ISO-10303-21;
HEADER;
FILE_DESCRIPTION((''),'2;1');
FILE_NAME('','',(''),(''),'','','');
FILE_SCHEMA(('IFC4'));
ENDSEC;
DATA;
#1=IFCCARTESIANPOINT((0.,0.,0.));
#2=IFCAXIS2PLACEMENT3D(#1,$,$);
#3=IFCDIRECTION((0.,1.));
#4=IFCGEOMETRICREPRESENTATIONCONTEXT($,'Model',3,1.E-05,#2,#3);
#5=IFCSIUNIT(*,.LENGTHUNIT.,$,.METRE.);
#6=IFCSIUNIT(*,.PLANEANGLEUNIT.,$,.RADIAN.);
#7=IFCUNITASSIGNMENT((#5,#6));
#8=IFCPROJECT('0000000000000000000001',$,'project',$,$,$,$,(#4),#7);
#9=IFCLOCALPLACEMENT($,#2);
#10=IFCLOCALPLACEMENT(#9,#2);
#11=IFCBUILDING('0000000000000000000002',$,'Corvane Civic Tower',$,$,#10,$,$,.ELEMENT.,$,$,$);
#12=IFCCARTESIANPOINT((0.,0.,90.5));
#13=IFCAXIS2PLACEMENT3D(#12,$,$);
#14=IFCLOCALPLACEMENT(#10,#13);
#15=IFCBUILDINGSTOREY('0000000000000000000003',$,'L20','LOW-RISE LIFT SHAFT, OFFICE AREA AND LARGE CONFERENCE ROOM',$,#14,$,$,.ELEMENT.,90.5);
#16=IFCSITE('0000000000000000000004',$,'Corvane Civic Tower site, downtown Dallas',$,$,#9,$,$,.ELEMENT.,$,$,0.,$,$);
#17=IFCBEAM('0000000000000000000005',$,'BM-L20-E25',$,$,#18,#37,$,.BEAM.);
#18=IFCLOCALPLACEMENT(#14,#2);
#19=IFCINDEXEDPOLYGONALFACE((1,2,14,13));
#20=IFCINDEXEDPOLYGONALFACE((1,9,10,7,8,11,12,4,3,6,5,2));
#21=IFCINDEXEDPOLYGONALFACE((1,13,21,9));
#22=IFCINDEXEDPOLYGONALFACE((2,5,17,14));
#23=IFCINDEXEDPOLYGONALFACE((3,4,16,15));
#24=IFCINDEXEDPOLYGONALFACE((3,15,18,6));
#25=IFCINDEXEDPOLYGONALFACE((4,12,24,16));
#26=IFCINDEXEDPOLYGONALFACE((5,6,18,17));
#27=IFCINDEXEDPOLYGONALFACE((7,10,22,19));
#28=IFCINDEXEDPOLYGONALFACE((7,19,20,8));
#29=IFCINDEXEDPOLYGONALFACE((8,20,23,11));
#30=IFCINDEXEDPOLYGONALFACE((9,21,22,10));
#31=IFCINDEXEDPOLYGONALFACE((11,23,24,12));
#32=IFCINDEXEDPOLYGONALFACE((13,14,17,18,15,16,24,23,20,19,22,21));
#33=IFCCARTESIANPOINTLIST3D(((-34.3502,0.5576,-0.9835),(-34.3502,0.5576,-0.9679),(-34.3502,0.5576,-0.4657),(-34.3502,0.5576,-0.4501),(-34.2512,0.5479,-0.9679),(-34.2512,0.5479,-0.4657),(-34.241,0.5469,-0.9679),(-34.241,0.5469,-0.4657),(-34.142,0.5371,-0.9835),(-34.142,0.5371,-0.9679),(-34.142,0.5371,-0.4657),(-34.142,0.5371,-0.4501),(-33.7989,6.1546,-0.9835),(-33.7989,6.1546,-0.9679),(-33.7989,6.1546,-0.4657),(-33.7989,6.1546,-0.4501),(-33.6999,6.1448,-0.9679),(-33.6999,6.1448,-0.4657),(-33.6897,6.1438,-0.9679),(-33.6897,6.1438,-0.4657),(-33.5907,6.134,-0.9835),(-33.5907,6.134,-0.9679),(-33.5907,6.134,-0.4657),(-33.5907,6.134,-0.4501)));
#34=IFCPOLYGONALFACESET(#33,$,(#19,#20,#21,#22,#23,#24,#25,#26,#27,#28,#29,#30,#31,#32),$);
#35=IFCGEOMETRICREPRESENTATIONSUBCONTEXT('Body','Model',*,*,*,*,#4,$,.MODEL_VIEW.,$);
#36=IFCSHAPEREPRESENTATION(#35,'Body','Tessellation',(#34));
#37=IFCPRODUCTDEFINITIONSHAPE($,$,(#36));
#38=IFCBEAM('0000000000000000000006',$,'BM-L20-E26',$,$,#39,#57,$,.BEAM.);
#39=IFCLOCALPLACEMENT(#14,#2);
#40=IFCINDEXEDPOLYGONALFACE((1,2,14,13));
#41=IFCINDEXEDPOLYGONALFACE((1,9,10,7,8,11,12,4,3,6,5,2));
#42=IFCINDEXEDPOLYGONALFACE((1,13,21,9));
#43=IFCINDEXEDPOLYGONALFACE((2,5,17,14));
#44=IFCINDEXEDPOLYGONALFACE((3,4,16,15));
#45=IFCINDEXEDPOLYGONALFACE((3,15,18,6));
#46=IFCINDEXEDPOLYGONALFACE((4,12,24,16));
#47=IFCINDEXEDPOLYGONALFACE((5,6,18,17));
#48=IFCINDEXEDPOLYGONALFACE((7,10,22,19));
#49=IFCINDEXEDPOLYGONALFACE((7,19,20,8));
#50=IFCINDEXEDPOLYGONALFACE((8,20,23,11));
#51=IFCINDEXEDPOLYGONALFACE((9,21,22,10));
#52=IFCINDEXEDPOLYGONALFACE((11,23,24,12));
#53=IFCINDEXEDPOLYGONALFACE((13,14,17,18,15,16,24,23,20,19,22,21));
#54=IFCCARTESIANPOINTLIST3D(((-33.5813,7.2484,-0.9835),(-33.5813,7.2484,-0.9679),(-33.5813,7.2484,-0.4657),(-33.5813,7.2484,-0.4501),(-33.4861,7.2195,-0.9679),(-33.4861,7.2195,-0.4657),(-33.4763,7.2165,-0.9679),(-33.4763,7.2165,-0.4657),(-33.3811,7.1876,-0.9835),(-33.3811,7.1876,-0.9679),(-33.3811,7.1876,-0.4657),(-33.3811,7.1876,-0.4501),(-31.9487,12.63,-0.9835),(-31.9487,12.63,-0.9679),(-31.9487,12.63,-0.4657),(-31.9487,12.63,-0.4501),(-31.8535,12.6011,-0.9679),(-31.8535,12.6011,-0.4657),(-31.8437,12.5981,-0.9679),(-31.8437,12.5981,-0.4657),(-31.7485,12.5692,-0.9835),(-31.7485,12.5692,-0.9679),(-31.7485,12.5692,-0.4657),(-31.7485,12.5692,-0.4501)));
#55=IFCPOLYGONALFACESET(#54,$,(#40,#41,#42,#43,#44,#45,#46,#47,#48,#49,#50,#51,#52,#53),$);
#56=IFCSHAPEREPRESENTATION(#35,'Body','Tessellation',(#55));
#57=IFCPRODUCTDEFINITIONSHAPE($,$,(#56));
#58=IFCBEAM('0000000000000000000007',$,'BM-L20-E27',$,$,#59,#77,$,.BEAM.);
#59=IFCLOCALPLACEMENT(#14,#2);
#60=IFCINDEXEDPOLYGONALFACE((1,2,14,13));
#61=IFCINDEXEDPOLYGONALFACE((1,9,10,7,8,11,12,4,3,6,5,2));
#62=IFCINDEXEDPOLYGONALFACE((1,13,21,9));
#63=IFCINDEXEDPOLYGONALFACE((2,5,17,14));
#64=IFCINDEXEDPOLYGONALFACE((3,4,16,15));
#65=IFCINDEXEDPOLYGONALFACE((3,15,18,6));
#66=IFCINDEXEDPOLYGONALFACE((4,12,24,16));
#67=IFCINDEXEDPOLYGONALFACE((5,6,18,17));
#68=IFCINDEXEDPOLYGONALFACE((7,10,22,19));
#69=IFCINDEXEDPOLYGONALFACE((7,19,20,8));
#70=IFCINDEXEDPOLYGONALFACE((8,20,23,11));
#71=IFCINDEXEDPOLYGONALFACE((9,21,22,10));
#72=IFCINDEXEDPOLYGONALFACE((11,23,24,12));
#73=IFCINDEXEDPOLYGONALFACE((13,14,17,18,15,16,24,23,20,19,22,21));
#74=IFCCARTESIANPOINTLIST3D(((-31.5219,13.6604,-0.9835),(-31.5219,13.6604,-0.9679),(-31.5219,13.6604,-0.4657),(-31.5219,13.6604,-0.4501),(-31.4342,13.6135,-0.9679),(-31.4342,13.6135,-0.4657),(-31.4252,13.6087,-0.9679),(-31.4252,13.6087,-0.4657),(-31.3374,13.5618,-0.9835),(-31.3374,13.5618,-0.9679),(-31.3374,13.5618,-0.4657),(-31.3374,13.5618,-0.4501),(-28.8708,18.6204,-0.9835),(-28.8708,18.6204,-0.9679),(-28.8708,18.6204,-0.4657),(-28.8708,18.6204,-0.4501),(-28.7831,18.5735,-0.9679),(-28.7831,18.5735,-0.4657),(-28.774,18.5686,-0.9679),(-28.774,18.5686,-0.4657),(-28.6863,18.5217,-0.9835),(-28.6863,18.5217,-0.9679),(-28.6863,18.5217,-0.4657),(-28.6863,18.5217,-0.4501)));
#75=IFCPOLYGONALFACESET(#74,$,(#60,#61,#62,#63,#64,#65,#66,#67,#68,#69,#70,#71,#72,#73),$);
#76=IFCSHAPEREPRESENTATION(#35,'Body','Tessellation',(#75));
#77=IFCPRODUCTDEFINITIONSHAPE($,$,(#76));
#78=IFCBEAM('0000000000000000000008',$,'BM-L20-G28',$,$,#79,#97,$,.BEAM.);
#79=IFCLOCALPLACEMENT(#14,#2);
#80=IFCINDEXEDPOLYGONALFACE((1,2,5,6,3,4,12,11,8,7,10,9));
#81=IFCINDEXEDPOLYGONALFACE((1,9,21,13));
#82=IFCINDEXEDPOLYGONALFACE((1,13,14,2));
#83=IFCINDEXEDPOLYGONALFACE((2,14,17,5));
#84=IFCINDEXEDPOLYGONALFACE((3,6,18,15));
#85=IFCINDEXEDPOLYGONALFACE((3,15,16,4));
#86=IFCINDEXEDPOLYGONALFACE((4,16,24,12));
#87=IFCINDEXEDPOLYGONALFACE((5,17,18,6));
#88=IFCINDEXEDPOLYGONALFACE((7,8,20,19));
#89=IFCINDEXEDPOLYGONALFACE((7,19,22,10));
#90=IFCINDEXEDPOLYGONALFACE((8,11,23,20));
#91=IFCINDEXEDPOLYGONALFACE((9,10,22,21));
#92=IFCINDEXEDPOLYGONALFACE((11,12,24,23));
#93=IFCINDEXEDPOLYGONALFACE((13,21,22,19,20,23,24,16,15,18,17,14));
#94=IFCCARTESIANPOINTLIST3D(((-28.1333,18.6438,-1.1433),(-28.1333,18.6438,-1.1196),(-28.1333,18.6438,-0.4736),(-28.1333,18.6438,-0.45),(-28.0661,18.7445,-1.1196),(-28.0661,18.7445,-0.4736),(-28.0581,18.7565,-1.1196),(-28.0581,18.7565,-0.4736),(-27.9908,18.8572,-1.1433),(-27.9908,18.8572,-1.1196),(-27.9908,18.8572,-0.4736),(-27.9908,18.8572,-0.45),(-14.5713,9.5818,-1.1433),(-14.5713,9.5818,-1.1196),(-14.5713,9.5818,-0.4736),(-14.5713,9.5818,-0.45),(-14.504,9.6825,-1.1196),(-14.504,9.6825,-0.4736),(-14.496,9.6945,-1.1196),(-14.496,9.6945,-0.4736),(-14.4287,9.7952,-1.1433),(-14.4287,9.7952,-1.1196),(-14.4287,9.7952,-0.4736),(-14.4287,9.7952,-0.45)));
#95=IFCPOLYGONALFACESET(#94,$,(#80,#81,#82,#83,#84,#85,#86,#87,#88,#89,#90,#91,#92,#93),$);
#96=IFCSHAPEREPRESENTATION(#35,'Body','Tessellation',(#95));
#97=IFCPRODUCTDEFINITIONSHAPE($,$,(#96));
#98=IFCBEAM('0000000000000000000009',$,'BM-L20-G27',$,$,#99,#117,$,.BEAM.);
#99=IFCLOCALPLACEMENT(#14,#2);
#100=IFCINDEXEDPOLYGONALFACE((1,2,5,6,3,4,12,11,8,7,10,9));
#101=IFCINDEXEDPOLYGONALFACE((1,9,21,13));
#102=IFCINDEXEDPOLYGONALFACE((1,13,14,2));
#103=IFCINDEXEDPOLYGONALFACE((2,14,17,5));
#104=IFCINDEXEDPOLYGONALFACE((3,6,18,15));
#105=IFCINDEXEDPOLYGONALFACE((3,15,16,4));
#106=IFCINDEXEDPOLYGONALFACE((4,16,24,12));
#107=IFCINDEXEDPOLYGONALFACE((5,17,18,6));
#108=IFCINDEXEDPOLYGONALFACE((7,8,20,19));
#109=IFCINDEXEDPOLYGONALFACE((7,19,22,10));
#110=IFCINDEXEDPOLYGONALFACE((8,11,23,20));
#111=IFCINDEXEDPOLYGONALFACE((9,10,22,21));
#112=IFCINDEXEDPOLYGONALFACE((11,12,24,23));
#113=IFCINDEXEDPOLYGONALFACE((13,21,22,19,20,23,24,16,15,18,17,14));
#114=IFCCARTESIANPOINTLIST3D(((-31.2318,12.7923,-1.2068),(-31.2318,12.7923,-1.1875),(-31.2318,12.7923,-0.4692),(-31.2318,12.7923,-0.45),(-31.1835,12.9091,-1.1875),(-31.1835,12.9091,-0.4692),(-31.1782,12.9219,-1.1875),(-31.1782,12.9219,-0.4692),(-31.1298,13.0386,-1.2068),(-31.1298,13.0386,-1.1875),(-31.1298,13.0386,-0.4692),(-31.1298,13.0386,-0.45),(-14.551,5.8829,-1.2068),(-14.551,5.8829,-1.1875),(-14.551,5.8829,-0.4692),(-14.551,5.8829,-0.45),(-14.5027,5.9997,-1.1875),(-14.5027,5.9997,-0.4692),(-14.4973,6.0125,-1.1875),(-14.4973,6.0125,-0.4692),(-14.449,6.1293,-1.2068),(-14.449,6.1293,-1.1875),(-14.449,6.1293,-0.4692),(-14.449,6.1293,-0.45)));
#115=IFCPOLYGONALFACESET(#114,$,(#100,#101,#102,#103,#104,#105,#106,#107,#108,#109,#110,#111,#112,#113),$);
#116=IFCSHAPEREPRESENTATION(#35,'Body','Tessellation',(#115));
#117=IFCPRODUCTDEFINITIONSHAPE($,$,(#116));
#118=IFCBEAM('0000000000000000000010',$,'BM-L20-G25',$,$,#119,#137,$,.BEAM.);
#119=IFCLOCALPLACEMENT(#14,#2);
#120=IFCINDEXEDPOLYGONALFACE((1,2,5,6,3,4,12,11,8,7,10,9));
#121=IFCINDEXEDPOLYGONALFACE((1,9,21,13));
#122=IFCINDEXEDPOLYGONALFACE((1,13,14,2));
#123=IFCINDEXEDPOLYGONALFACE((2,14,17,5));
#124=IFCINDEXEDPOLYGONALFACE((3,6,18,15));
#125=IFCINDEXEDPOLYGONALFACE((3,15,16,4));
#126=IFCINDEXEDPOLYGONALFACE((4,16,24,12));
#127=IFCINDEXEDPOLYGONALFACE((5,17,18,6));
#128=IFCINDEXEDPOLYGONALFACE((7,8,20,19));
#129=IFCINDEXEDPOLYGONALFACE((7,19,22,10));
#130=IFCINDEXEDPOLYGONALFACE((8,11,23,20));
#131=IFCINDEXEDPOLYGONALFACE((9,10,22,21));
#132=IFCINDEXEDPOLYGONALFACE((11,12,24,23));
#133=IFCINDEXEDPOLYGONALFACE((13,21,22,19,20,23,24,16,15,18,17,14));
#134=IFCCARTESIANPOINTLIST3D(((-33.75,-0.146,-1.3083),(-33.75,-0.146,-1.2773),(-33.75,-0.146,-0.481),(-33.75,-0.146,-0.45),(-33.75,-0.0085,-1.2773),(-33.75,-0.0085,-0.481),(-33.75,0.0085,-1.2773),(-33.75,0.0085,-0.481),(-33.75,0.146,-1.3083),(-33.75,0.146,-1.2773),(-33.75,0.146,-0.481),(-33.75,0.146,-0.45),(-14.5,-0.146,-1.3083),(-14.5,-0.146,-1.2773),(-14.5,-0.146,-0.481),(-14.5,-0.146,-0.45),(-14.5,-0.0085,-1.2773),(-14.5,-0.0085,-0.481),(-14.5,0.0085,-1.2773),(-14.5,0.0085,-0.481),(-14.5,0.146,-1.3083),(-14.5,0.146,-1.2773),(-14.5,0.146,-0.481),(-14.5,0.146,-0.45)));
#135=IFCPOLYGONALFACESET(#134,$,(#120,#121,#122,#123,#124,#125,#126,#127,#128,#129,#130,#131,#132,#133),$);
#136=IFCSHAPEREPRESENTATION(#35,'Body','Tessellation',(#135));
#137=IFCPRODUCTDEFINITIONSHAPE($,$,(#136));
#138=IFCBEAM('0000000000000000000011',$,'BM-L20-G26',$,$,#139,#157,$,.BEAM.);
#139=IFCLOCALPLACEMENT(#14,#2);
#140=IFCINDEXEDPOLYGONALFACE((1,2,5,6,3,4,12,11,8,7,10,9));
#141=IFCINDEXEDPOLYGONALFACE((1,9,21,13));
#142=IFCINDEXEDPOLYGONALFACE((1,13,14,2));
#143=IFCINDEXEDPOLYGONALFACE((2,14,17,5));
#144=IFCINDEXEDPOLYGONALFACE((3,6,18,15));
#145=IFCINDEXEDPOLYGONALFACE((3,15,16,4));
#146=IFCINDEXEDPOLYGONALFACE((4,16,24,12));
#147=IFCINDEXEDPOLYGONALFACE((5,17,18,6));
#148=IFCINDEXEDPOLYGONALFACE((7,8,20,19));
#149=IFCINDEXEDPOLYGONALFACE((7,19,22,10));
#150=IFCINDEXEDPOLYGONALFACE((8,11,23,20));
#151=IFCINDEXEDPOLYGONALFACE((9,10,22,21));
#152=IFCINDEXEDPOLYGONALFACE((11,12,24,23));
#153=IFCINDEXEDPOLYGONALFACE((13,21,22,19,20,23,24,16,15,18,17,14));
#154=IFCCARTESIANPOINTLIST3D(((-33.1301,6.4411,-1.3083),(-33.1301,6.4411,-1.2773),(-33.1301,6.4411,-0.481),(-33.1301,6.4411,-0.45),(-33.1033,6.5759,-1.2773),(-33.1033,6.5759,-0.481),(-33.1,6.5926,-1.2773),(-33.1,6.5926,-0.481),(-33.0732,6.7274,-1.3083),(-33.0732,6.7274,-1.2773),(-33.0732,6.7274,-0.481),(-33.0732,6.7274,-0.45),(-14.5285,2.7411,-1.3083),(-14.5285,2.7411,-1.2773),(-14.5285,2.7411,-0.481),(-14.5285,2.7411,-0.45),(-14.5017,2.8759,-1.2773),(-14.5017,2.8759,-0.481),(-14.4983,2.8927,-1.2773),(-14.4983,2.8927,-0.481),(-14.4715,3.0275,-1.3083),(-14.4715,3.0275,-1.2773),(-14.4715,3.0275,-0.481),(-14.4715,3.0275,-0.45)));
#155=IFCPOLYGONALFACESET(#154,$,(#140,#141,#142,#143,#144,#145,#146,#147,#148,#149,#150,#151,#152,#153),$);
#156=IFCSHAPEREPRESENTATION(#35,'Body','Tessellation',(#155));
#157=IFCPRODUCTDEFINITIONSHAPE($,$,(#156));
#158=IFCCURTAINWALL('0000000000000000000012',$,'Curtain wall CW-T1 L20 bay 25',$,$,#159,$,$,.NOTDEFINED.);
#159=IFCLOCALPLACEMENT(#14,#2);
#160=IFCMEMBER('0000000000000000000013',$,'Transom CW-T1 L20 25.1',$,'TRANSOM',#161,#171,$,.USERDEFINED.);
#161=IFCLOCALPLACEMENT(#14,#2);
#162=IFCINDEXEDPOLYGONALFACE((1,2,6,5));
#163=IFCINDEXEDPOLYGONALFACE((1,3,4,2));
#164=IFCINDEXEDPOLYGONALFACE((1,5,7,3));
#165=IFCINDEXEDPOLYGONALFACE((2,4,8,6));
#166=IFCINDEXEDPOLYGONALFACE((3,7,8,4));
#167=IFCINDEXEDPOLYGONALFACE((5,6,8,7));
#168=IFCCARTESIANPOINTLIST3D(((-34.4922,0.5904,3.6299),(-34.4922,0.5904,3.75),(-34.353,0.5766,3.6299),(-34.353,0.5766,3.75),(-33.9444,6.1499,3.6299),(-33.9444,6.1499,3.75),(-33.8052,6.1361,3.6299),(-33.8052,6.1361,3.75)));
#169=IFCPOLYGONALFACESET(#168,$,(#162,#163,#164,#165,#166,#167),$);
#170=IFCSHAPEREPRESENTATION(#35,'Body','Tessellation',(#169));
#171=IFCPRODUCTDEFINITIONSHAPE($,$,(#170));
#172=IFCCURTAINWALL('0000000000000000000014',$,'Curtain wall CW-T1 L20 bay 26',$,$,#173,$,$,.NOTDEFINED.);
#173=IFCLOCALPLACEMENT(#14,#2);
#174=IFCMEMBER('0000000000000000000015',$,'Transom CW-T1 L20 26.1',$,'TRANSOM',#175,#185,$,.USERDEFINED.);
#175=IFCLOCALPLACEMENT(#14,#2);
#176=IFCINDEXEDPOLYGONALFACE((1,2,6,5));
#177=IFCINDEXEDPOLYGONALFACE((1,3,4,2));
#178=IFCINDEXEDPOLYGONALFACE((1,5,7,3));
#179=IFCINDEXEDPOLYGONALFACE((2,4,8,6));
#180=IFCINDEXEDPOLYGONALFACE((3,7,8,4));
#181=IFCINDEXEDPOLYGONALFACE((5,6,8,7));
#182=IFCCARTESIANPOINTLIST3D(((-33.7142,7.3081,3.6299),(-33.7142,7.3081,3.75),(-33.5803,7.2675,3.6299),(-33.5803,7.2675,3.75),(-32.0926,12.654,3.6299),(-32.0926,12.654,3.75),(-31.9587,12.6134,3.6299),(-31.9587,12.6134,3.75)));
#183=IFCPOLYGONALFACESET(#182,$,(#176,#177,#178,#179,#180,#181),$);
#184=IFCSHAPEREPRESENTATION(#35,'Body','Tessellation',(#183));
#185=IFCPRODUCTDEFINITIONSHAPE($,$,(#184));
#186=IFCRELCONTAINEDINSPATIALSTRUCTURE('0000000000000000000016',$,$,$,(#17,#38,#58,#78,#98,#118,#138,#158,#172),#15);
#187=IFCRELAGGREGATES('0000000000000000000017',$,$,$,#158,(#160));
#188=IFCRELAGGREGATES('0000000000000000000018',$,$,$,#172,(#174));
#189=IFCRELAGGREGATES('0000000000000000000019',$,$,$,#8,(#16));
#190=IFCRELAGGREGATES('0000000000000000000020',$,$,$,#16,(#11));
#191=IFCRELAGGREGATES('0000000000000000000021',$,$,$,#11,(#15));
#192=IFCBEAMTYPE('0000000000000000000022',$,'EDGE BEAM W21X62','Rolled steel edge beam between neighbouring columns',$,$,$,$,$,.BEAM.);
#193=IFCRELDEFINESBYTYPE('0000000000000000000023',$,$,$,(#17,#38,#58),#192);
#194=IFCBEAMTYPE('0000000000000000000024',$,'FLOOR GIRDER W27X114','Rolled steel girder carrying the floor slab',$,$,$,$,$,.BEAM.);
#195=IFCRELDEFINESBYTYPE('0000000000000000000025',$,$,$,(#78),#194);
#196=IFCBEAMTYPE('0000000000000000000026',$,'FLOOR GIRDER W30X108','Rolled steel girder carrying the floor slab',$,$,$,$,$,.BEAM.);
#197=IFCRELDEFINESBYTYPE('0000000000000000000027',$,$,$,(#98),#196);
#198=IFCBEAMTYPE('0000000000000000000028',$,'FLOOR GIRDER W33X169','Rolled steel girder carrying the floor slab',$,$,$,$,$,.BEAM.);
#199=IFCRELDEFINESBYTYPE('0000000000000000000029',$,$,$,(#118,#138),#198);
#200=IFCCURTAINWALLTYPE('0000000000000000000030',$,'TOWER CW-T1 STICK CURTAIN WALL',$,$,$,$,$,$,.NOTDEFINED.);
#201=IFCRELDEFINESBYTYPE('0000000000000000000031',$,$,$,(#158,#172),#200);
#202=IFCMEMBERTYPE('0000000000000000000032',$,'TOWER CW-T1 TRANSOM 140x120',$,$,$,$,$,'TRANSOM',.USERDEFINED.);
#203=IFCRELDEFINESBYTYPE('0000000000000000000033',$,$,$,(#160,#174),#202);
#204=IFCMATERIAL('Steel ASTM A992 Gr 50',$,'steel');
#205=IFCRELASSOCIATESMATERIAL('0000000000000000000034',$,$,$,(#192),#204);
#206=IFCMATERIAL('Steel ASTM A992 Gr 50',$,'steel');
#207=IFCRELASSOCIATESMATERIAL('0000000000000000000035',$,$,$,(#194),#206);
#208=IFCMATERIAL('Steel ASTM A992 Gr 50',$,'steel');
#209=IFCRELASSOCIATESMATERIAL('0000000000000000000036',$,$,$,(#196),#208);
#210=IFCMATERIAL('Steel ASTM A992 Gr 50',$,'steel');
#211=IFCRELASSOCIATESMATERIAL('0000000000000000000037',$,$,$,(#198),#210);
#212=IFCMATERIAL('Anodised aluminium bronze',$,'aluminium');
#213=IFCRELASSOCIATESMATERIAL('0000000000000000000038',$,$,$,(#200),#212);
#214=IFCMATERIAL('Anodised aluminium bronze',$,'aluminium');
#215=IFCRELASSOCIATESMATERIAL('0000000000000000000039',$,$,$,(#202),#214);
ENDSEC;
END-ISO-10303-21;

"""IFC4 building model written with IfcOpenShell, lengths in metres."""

from ifc_helpers import new_model, si_unit, direction, frame, origin, origin_2d, place, context, subcontext, project, spatial, rectangle, i_section, extrude, material, material_profile, profile_set, type_object, element, aggregate, save


model = new_model("IFC4")

# Units and contexts
model_context = context("Model", 3, precision=1e-05, world=origin(), true_north=direction((0.0, 1.0)))
body_context = subcontext(model_context, "Body", "Model", "MODEL_VIEW")
ifc_project = project(units=[si_unit("LENGTHUNIT", "METRE"), si_unit("PLANEANGLEUNIT", "RADIAN")], contexts=[model_context])

# Site, building, storey
site_placement = place(None, origin())
site = spatial("IfcSite", under=ifc_project, at=site_placement, Name="Corvane Civic Tower site, downtown Dallas", CompositionType="ELEMENT", RefElevation=0.0)
building_placement = place(site_placement, origin())
building = spatial("IfcBuilding", under=site, at=building_placement, Name="Corvane Civic Tower", CompositionType="ELEMENT")
storey_placement = place(building_placement, frame((0.0, 0.0, 90.5)))
storey = spatial("IfcBuildingStorey", under=building, at=storey_placement, Name="L20", Description="LOW-RISE LIFT SHAFT, OFFICE AREA AND LARGE CONFERENCE ROOM", CompositionType="ELEMENT", Elevation=90.5)

# Beams
ifc_material_1 = material(Name="Steel ASTM A992 Gr 50", Category="steel")
ifc_material_profile_1 = material_profile(ifc_material_1, i_section(OverallWidth=0.2092, OverallDepth=0.5334, WebThickness=0.0103, FlangeThickness=0.0156, at=origin_2d()), Name="W21X62")
ifc_profile_set_1 = profile_set([ifc_material_profile_1], Name="Steel ASTM A992 Gr 50")
beam_type_1 = type_object("IfcBeamType", Name="EDGE BEAM W21X62", Description="Rolled steel edge beam between neighbouring columns", PredefinedType="BEAM", material=ifc_profile_set_1)
beam_1_placement = place(storey_placement, frame((-34.2461, 0.5474, -0.7168), z_axis=(0.098021, 0.995184, 0.0), x_axis=(-0.995184, 0.098021, 0.0)))
element("IfcBeam", 1, at=beam_1_placement, inside=storey, type_object=beam_type_1, Name="BM-L20-E25", PredefinedType="BEAM", context=body_context, shape_type="SweptSolid", body=[
    extrude(i_section(OverallWidth=0.2092, OverallDepth=0.5334, WebThickness=0.0103, FlangeThickness=0.0156, at=origin_2d()), origin(), (0.0, 0.0, 1.0), 5.624),
])
beam_2_placement = place(storey_placement, frame((-33.4812, 7.218, -0.7168), z_axis=(0.290298, 0.956936, 0.0), x_axis=(-0.956936, 0.290298, 0.0)))
element("IfcBeam", 2, at=beam_2_placement, inside=storey, type_object=beam_type_1, Name="BM-L20-E26", PredefinedType="BEAM", context=body_context, shape_type="SweptSolid", body=[
    extrude(i_section(OverallWidth=0.2092, OverallDepth=0.5334, WebThickness=0.0103, FlangeThickness=0.0156, at=origin_2d()), origin(), (0.0, 0.0, 1.0), 5.6238),
])
beam_3_placement = place(storey_placement, frame((-31.4297, 13.6111, -0.7168), z_axis=(0.471392, 0.881924, 0.0), x_axis=(-0.881924, 0.471392, 0.0)))
element("IfcBeam", 3, at=beam_3_placement, inside=storey, type_object=beam_type_1, Name="BM-L20-E27", PredefinedType="BEAM", context=body_context, shape_type="SweptSolid", body=[
    extrude(i_section(OverallWidth=0.2092, OverallDepth=0.5334, WebThickness=0.0103, FlangeThickness=0.0156, at=origin_2d()), origin(), (0.0, 0.0, 1.0), 5.624),
])
ifc_material_2 = material(Name="Steel ASTM A992 Gr 50", Category="steel")
ifc_material_profile_2 = material_profile(ifc_material_2, i_section(OverallWidth=0.2566, OverallDepth=0.6934, WebThickness=0.0144, FlangeThickness=0.0237, at=origin_2d()), Name="W27X114")
ifc_profile_set_2 = profile_set([ifc_material_profile_2], Name="Steel ASTM A992 Gr 50")
beam_type_2 = type_object("IfcBeamType", Name="FLOOR GIRDER W27X114", Description="Rolled steel girder carrying the floor slab", PredefinedType="BEAM", material=ifc_profile_set_2)
beam_4_placement = place(storey_placement, frame((-14.5, 9.6885, -0.7966), z_axis=(-0.831465, 0.555577, 0.0), x_axis=(-0.555577, -0.831465, 0.0)))
element("IfcBeam", 4, at=beam_4_placement, inside=storey, type_object=beam_type_2, Name="BM-L20-G28", PredefinedType="BEAM", context=body_context, shape_type="SweptSolid", body=[
    extrude(i_section(OverallWidth=0.2566, OverallDepth=0.6934, WebThickness=0.0144, FlangeThickness=0.0237, at=origin_2d()), origin(), (0.0, 0.0, 1.0), 16.311),
])
ifc_material_3 = material(Name="Steel ASTM A992 Gr 50", Category="steel")
ifc_material_profile_3 = material_profile(ifc_material_3, i_section(OverallWidth=0.2666, OverallDepth=0.7568, WebThickness=0.0139, FlangeThickness=0.0193, at=origin_2d()), Name="W30X108")
ifc_profile_set_3 = profile_set([ifc_material_profile_3], Name="Steel ASTM A992 Gr 50")
beam_type_3 = type_object("IfcBeamType", Name="FLOOR GIRDER W30X108", Description="Rolled steel girder carrying the floor slab", PredefinedType="BEAM", material=ifc_profile_set_3)
beam_5_placement = place(storey_placement, frame((-14.5, 6.0061, -0.8284), z_axis=(-0.92388, 0.382682, 0.0), x_axis=(-0.382682, -0.92388, 0.0)))
element("IfcBeam", 5, at=beam_5_placement, inside=storey, type_object=beam_type_3, Name="BM-L20-G27", PredefinedType="BEAM", context=body_context, shape_type="SweptSolid", body=[
    extrude(i_section(OverallWidth=0.2666, OverallDepth=0.7568, WebThickness=0.0139, FlangeThickness=0.0193, at=origin_2d()), origin(), (0.0, 0.0, 1.0), 18.0552),
])
ifc_material_4 = material(Name="Steel ASTM A992 Gr 50", Category="steel")
ifc_material_profile_4 = material_profile(ifc_material_4, i_section(OverallWidth=0.292, OverallDepth=0.8584, WebThickness=0.0171, FlangeThickness=0.031, at=origin_2d()), Name="W33X169")
ifc_profile_set_4 = profile_set([ifc_material_profile_4], Name="Steel ASTM A992 Gr 50")
beam_type_4 = type_object("IfcBeamType", Name="FLOOR GIRDER W33X169", Description="Rolled steel girder carrying the floor slab", PredefinedType="BEAM", material=ifc_profile_set_4)
beam_6_placement = place(storey_placement, frame((-14.5, 0.0, -0.8792), z_axis=(-1.0, 0.0, 0.0), x_axis=(0.0, -1.0, 0.0)))
element("IfcBeam", 6, at=beam_6_placement, inside=storey, type_object=beam_type_4, Name="BM-L20-G25", PredefinedType="BEAM", context=body_context, shape_type="SweptSolid", body=[
    extrude(i_section(OverallWidth=0.292, OverallDepth=0.8584, WebThickness=0.0171, FlangeThickness=0.031, at=origin_2d()), origin(), (0.0, 0.0, 1.0), 19.25),
])
beam_7_placement = place(storey_placement, frame((-14.5, 2.8843, -0.8792), z_axis=(-0.980787, 0.195084, 0.0), x_axis=(-0.195084, -0.980787, 0.0)))
element("IfcBeam", 7, at=beam_7_placement, inside=storey, type_object=beam_type_4, Name="BM-L20-G26", PredefinedType="BEAM", context=body_context, shape_type="SweptSolid", body=[
    extrude(i_section(OverallWidth=0.292, OverallDepth=0.8584, WebThickness=0.0171, FlangeThickness=0.031, at=origin_2d()), origin(), (0.0, 0.0, 1.0), 18.9661),
])

# Curtain walls, members
ifc_material_5 = material(Name="Anodised aluminium bronze", Category="aluminium")
curtain_wall_type = type_object("IfcCurtainWallType", Name="TOWER CW-T1 STICK CURTAIN WALL", PredefinedType="NOTDEFINED", material=ifc_material_5)
curtain_wall_1_placement = place(storey_placement, origin())
curtain_wall_1 = element("IfcCurtainWall", 8, at=curtain_wall_1_placement, inside=storey, type_object=curtain_wall_type, Name="Curtain wall CW-T1 L20 bay 25", PredefinedType="NOTDEFINED")
ifc_material_6 = material(Name="Anodised aluminium bronze", Category="aluminium")
ifc_material_profile_5 = material_profile(ifc_material_6, rectangle(XDim=0.1399, YDim=0.1201, at=origin_2d()), Name="TOWER CW-T1 TRANSOM 140x120")
ifc_profile_set_5 = profile_set([ifc_material_profile_5], Name="Anodised aluminium bronze")
member_type = type_object("IfcMemberType", Name="TOWER CW-T1 TRANSOM 140x120", ElementType="TRANSOM", PredefinedType="USERDEFINED", material=ifc_profile_set_5)
member_1_placement = place(storey_placement, frame((-34.4226, 0.5835, 3.6899), z_axis=(0.098067, 0.99518, 0.0), x_axis=(-0.99518, 0.098067, 0.0)))
member_1 = element("IfcMember", 9, at=member_1_placement, type_object=member_type, Name="Transom CW-T1 L20 25.1", ObjectType="TRANSOM", PredefinedType="USERDEFINED", context=body_context, shape_type="SweptSolid", body=[
    extrude(rectangle(XDim=0.1399, YDim=0.1201, at=origin_2d()), origin(), (0.0, 0.0, 1.0), 5.5864),
])
curtain_wall_2_placement = place(storey_placement, origin())
curtain_wall_2 = element("IfcCurtainWall", 10, at=curtain_wall_2_placement, inside=storey, type_object=curtain_wall_type, Name="Curtain wall CW-T1 L20 bay 26", PredefinedType="NOTDEFINED")
member_2_placement = place(storey_placement, frame((-33.6472, 7.2878, 3.6899), z_axis=(0.290269, 0.956945, 0.0), x_axis=(-0.956945, 0.290269, 0.0)))
member_2 = element("IfcMember", 11, at=member_2_placement, type_object=member_type, Name="Transom CW-T1 L20 26.1", ObjectType="TRANSOM", PredefinedType="USERDEFINED", context=body_context, shape_type="SweptSolid", body=[
    extrude(rectangle(XDim=0.1399, YDim=0.1201, at=origin_2d()), origin(), (0.0, 0.0, 1.0), 5.5864),
])

aggregate(curtain_wall_1, [member_1])
aggregate(curtain_wall_2, [member_2])

save(model, "model.ifc")
